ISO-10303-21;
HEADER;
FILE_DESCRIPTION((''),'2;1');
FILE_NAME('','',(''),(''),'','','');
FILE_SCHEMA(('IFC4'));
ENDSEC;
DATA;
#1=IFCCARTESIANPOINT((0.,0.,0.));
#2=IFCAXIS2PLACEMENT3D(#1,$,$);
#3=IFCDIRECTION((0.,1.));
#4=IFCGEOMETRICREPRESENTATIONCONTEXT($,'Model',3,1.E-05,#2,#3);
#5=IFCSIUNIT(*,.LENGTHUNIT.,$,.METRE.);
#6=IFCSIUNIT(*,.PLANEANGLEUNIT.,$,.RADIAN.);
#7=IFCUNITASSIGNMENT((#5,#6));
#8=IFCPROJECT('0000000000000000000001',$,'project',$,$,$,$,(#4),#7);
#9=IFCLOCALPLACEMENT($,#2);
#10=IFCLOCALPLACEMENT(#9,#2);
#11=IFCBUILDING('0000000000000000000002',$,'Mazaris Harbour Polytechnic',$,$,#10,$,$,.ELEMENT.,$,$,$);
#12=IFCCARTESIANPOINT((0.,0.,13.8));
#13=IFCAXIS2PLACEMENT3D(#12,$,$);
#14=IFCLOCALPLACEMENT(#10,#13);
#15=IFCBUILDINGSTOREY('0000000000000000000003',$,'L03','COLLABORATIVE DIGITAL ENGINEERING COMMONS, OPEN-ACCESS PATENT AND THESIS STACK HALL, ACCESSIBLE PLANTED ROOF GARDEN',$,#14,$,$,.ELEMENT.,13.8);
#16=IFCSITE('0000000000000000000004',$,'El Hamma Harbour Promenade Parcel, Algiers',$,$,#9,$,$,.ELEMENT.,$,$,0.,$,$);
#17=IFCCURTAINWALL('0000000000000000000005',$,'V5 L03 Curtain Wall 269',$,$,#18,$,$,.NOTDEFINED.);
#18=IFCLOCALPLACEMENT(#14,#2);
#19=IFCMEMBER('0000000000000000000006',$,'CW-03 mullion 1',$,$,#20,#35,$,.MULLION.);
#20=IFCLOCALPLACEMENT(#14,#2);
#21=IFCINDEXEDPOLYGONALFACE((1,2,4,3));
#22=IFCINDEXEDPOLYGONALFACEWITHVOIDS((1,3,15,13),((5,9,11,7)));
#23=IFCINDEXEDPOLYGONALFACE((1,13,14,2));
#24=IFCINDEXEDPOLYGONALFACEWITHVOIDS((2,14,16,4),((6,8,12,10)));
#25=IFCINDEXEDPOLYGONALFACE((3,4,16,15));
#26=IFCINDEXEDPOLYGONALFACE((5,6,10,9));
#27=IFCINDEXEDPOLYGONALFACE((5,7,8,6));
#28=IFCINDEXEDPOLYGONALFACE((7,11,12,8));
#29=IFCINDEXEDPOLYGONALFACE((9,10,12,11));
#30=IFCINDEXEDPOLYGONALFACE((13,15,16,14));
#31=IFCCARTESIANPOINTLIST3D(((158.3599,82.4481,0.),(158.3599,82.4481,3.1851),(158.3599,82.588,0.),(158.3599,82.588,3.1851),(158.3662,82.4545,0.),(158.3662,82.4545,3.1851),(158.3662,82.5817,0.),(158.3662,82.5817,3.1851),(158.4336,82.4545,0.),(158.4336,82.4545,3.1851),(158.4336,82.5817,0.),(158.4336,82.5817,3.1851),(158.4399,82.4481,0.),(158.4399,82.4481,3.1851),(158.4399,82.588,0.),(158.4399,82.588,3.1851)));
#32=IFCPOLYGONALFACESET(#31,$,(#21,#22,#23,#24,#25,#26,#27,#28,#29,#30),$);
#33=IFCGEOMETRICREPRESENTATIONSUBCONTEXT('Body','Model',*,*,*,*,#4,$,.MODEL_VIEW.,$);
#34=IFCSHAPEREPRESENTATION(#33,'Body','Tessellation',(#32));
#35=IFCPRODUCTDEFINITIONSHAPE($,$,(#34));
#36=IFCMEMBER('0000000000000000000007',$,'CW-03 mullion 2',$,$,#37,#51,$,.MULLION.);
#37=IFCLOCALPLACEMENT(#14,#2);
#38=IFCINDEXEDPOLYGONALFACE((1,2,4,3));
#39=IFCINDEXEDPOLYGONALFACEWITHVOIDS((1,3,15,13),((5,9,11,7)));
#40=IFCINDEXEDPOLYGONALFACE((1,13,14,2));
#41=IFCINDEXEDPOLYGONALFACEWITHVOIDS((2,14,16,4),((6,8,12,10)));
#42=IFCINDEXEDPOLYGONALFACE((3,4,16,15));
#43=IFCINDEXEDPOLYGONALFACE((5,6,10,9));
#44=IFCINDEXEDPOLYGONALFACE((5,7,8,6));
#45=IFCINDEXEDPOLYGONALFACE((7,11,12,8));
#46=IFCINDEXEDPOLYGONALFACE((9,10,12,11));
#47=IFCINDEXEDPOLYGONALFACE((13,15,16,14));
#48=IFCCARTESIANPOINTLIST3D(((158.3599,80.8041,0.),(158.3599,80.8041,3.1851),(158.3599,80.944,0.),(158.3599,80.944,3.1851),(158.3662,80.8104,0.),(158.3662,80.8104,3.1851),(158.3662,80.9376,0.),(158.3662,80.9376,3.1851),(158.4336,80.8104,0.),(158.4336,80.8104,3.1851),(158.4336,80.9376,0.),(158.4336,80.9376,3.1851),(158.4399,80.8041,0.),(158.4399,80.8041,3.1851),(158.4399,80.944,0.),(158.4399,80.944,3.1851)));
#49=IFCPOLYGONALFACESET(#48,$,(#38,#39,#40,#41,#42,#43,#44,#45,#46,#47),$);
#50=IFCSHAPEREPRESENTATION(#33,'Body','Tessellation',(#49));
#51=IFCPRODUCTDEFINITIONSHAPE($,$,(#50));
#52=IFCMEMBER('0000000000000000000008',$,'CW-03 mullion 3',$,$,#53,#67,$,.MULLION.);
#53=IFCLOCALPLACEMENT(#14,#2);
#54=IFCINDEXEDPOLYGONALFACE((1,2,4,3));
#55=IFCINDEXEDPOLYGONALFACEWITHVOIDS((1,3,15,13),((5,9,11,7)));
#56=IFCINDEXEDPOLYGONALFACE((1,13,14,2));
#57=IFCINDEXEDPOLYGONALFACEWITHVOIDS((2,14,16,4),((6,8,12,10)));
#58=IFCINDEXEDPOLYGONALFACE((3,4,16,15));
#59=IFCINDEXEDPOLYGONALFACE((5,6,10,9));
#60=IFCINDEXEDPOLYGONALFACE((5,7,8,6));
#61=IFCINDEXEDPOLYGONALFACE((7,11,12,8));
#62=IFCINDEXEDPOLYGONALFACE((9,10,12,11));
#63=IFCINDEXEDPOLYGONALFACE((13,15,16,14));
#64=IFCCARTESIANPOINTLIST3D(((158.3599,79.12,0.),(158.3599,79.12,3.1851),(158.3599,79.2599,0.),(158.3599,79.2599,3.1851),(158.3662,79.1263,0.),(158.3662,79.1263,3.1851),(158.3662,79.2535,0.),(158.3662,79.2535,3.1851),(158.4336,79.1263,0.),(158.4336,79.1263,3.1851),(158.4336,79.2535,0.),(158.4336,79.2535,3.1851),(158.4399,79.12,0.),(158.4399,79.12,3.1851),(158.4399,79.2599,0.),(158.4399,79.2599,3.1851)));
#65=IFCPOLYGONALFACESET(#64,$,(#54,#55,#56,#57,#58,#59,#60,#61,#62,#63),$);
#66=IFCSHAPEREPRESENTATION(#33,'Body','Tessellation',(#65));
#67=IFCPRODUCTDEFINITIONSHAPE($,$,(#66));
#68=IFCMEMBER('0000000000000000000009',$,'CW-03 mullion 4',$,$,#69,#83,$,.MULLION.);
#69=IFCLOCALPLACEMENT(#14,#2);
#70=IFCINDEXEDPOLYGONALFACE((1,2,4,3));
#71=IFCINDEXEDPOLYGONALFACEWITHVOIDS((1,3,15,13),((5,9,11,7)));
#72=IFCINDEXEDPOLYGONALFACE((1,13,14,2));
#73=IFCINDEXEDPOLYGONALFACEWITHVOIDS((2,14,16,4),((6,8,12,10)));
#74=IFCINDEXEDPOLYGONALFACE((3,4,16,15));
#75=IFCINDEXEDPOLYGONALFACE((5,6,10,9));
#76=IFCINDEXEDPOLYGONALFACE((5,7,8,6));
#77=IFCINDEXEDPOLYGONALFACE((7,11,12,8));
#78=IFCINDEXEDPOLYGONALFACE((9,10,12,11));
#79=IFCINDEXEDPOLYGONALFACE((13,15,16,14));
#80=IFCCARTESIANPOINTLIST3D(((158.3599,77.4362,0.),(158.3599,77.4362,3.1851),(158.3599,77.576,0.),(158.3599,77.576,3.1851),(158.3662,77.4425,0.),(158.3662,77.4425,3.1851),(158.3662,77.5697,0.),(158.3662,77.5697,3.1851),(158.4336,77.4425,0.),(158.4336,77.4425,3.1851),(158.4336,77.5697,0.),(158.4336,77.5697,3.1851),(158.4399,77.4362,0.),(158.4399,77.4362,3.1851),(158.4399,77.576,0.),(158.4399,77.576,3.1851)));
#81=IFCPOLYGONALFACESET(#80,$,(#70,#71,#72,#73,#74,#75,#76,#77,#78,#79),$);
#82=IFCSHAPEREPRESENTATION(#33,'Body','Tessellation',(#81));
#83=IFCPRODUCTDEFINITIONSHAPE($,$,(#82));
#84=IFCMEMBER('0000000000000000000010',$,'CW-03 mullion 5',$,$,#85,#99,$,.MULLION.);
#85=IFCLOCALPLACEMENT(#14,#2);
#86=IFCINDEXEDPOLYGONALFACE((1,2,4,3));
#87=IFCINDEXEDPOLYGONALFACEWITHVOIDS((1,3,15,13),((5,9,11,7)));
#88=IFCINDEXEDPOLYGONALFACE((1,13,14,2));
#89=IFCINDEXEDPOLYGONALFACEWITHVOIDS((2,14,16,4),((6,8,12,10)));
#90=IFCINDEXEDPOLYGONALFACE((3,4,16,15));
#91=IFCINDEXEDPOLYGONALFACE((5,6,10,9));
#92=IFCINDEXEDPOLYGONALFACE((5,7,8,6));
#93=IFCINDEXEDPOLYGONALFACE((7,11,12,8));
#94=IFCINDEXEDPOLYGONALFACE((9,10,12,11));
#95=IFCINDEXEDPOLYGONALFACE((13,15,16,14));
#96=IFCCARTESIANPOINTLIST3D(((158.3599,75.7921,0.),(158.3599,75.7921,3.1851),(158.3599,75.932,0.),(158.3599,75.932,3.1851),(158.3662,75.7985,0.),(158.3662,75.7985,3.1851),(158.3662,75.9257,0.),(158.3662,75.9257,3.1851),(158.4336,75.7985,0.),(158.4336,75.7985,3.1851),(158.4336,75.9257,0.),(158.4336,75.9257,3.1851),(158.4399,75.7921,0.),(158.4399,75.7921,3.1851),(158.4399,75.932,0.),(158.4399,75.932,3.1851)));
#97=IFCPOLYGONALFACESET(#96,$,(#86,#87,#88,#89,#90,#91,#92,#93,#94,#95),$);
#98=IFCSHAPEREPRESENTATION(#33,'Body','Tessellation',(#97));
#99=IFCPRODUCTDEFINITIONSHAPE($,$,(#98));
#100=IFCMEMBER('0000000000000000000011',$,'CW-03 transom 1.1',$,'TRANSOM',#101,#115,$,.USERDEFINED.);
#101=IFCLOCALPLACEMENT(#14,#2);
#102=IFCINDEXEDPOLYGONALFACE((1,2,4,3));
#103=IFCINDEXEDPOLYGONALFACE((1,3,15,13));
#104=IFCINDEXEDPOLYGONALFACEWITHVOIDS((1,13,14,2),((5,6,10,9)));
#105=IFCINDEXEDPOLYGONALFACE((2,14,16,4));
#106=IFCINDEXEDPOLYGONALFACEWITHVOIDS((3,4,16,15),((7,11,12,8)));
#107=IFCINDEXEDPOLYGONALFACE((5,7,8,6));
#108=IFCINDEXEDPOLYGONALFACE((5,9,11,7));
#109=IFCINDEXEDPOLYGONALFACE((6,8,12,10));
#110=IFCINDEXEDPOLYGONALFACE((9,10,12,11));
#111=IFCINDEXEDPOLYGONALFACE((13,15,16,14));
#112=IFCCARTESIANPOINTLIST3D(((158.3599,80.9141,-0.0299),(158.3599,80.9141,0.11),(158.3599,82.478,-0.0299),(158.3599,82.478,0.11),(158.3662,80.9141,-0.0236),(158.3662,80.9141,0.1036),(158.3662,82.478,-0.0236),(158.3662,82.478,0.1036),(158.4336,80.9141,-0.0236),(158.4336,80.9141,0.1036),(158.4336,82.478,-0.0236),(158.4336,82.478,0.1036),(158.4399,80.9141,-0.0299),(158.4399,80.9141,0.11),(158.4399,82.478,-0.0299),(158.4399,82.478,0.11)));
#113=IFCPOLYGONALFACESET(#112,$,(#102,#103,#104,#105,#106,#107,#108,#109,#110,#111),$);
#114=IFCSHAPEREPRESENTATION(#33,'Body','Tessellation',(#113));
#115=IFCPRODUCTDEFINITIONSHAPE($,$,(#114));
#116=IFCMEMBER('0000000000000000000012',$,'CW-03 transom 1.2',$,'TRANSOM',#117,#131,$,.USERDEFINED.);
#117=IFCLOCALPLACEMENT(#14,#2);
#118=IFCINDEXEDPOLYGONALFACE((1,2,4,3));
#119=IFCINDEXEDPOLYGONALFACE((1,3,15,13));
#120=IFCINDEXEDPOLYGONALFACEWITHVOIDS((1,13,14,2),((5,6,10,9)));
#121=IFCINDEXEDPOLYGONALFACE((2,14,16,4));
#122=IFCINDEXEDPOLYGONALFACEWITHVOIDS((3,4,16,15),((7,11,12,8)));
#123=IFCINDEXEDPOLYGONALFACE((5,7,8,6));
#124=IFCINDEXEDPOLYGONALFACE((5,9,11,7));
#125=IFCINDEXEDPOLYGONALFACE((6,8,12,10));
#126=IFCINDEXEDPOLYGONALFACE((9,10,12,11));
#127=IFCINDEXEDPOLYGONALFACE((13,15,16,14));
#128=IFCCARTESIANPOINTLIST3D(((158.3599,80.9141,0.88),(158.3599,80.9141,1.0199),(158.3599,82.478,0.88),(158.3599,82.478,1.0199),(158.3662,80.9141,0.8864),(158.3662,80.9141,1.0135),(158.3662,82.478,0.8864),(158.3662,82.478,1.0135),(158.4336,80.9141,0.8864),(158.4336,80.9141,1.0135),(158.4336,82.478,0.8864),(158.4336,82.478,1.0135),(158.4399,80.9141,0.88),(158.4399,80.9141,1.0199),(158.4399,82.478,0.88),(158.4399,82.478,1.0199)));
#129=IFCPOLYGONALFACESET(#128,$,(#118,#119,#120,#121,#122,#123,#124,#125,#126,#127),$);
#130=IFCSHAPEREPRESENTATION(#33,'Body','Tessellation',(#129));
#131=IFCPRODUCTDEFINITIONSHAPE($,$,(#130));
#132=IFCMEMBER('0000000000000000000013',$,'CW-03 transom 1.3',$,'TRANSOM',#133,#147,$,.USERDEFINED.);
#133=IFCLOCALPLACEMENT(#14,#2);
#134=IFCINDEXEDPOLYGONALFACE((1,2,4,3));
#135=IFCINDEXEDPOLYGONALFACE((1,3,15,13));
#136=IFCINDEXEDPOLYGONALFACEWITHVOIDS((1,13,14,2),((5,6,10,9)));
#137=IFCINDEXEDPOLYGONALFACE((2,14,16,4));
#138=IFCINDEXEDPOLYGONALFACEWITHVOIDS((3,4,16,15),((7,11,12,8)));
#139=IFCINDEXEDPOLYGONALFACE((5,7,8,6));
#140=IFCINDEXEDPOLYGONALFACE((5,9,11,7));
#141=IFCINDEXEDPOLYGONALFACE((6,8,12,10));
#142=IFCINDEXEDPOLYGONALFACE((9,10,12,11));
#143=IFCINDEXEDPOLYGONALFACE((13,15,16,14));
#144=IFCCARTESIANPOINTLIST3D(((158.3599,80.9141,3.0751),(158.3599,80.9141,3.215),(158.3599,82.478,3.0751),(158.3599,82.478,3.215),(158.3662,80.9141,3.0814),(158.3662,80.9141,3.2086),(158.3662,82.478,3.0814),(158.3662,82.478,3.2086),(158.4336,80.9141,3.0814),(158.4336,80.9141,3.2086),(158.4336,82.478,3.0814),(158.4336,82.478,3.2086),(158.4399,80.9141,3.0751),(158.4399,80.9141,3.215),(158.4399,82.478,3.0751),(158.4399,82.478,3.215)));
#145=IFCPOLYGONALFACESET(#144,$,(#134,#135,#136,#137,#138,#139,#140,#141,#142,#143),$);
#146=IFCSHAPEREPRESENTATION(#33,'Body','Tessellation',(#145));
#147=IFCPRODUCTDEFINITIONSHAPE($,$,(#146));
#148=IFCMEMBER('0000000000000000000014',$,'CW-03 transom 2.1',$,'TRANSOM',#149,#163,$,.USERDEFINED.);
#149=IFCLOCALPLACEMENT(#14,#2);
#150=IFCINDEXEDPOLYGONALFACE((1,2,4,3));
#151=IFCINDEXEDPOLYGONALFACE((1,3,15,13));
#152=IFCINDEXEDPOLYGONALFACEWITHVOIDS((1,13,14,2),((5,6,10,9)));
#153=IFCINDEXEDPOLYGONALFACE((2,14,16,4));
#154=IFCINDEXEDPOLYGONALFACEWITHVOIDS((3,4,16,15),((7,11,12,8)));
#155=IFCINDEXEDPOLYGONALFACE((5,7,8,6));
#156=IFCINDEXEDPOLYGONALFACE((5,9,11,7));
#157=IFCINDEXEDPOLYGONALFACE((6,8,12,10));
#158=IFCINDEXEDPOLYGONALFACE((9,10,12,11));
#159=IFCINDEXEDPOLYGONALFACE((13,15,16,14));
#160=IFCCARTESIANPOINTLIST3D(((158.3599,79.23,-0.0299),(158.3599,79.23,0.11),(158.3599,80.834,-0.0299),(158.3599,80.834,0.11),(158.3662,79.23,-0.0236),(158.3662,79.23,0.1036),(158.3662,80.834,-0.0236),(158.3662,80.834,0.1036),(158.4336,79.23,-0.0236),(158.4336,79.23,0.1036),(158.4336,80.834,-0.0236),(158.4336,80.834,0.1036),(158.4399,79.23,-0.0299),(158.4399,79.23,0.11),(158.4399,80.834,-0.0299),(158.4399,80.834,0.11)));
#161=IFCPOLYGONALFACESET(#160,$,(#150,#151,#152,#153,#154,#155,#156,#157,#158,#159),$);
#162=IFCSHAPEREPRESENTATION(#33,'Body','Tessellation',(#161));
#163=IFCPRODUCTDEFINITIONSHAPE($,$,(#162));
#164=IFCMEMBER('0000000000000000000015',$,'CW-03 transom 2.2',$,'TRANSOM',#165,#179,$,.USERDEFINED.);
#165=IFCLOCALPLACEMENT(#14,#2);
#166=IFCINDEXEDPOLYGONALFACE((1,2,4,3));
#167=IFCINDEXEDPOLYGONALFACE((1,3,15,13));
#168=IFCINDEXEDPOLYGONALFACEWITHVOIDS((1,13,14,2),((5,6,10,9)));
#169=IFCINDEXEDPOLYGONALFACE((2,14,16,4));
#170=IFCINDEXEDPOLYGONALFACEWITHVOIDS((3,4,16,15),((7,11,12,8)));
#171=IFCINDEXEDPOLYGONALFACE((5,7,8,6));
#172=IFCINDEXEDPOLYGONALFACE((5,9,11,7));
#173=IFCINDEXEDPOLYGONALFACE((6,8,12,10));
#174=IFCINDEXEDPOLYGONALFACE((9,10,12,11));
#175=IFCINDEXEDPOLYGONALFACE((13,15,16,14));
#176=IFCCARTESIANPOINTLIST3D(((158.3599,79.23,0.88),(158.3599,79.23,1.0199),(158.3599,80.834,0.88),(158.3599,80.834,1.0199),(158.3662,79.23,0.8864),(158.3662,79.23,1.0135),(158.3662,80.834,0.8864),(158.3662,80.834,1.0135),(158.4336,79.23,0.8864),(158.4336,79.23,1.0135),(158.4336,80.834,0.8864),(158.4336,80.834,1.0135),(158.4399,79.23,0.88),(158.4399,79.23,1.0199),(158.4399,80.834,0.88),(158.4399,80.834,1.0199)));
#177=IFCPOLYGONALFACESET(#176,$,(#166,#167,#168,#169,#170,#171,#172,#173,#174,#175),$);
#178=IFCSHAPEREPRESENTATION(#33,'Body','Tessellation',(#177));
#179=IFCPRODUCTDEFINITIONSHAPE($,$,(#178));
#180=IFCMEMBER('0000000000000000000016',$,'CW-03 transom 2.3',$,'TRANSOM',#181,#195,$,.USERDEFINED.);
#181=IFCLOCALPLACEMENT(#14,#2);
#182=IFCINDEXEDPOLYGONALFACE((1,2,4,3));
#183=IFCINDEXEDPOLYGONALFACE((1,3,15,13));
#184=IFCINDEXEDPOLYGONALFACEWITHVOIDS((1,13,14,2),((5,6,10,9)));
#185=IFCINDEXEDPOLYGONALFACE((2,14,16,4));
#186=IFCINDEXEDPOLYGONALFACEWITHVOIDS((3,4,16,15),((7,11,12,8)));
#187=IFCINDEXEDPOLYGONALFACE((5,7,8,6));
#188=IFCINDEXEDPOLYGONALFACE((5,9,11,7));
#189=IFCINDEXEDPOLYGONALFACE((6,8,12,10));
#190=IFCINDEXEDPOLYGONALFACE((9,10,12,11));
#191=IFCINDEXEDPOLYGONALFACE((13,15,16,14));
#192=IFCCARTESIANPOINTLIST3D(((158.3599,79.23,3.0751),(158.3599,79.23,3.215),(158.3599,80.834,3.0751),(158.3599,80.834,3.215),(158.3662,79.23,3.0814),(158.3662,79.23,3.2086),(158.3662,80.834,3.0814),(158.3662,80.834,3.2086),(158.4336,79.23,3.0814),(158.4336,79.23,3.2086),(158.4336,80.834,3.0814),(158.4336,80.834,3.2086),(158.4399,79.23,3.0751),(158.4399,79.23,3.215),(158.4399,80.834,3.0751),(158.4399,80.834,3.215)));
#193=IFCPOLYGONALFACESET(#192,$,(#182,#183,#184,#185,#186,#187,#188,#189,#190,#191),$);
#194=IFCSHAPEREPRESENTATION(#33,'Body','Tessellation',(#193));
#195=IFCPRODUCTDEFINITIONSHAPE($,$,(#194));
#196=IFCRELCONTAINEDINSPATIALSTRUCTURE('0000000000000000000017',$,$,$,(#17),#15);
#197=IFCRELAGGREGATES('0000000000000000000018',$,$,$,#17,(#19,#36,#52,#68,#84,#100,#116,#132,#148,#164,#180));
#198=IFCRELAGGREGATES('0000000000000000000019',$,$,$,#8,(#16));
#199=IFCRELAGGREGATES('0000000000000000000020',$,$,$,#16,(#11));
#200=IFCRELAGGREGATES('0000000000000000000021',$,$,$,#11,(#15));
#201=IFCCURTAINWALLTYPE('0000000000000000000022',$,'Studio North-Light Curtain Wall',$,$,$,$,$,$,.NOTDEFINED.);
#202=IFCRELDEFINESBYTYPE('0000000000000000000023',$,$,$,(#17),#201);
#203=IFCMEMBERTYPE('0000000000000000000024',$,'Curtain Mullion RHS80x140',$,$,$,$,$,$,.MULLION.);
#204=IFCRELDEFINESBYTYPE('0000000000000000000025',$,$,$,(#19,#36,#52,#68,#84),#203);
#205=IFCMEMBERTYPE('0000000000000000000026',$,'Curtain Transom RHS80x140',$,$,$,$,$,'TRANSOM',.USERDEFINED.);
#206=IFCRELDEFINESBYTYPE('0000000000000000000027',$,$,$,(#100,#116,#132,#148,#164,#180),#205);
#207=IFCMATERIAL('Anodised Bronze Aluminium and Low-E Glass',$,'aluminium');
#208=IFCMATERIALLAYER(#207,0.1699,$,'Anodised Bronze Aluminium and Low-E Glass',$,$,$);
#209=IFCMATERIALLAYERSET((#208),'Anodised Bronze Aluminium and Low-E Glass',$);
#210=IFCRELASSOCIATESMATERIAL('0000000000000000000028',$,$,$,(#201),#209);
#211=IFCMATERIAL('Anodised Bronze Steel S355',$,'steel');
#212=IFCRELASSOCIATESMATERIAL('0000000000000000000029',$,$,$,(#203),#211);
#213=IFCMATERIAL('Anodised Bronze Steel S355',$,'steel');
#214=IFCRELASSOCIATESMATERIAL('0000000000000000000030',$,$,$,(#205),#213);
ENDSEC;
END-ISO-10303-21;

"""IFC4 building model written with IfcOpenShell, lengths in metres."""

from ifc_helpers import new_model, si_unit, direction, frame, origin, origin_2d, place, context, subcontext, project, spatial, hollow_rectangle, extrude, material, layer, layer_set, material_profile, profile_set, type_object, element, aggregate, save


model = new_model("IFC4")

# Units and contexts
model_context = context("Model", 3, precision=1e-05, world=origin(), true_north=direction((0.0, 1.0)))
body_context = subcontext(model_context, "Body", "Model", "MODEL_VIEW")
ifc_project = project(units=[si_unit("LENGTHUNIT", "METRE"), si_unit("PLANEANGLEUNIT", "RADIAN")], contexts=[model_context])

# Site, building, storey
site_placement = place(None, origin())
site = spatial("IfcSite", under=ifc_project, at=site_placement, Name="El Hamma Harbour Promenade Parcel, Algiers", CompositionType="ELEMENT", RefElevation=0.0)
building_placement = place(site_placement, origin())
building = spatial("IfcBuilding", under=site, at=building_placement, Name="Mazaris Harbour Polytechnic", CompositionType="ELEMENT")
storey_placement = place(building_placement, frame((0.0, 0.0, 13.8)))
storey = spatial("IfcBuildingStorey", under=building, at=storey_placement, Name="L03", Description="COLLABORATIVE DIGITAL ENGINEERING COMMONS, OPEN-ACCESS PATENT AND THESIS STACK HALL, ACCESSIBLE PLANTED ROOF GARDEN", CompositionType="ELEMENT", Elevation=13.8)

# Curtain wall, members
ifc_material_1 = material(Name="Anodised Bronze Aluminium and Low-E Glass", Category="aluminium")
ifc_layer_1 = layer(ifc_material_1, 0.1699, Name="Anodised Bronze Aluminium and Low-E Glass")
ifc_layer_set_1 = layer_set([ifc_layer_1], Name="Anodised Bronze Aluminium and Low-E Glass")
curtain_wall_type = type_object("IfcCurtainWallType", Name="Studio North-Light Curtain Wall", PredefinedType="NOTDEFINED", material=ifc_layer_set_1)
curtain_wall_placement = place(storey_placement, origin())
curtain_wall = element("IfcCurtainWall", 1, at=curtain_wall_placement, inside=storey, type_object=curtain_wall_type, Name="V5 L03 Curtain Wall 269", PredefinedType="NOTDEFINED")
ifc_material_2 = material(Name="Anodised Bronze Steel S355", Category="steel")
ifc_material_profile_1 = material_profile(ifc_material_2, hollow_rectangle(XDim=0.0801, YDim=0.1399, WallThickness=0.0063, at=origin_2d()), Name="RHS 80x140x6.3")
ifc_profile_set_1 = profile_set([ifc_material_profile_1], Name="Anodised Bronze Steel S355")
member_type_1 = type_object("IfcMemberType", Name="Curtain Mullion RHS80x140", PredefinedType="MULLION", material=ifc_profile_set_1)
member_1_placement = place(storey_placement, frame((158.3999, 82.5181, 0.0), z_axis=(0.0, 0.0, 1.0), x_axis=(1.0, 0.0, 0.0)))
member_1 = element("IfcMember", 2, at=member_1_placement, type_object=member_type_1, Name="CW-03 mullion 1", PredefinedType="MULLION", context=body_context, shape_type="SweptSolid", body=[
    extrude(hollow_rectangle(XDim=0.0801, YDim=0.1399, WallThickness=0.0063, at=origin_2d()), origin(), (0.0, 0.0, 1.0), 3.1851),
])
member_2_placement = place(storey_placement, frame((158.3999, 80.874, 0.0), z_axis=(0.0, 0.0, 1.0), x_axis=(1.0, 0.0, 0.0)))
member_2 = element("IfcMember", 3, at=member_2_placement, type_object=member_type_1, Name="CW-03 mullion 2", PredefinedType="MULLION", context=body_context, shape_type="SweptSolid", body=[
    extrude(hollow_rectangle(XDim=0.0801, YDim=0.1399, WallThickness=0.0063, at=origin_2d()), origin(), (0.0, 0.0, 1.0), 3.1851),
])
member_3_placement = place(storey_placement, frame((158.3999, 79.1899, 0.0), z_axis=(0.0, 0.0, 1.0), x_axis=(1.0, 0.0, 0.0)))
member_3 = element("IfcMember", 4, at=member_3_placement, type_object=member_type_1, Name="CW-03 mullion 3", PredefinedType="MULLION", context=body_context, shape_type="SweptSolid", body=[
    extrude(hollow_rectangle(XDim=0.0801, YDim=0.1399, WallThickness=0.0063, at=origin_2d()), origin(), (0.0, 0.0, 1.0), 3.1851),
])
member_4_placement = place(storey_placement, frame((158.3999, 77.5061, 0.0), z_axis=(0.0, 0.0, 1.0), x_axis=(1.0, 0.0, 0.0)))
member_4 = element("IfcMember", 5, at=member_4_placement, type_object=member_type_1, Name="CW-03 mullion 4", PredefinedType="MULLION", context=body_context, shape_type="SweptSolid", body=[
    extrude(hollow_rectangle(XDim=0.0801, YDim=0.1399, WallThickness=0.0063, at=origin_2d()), origin(), (0.0, 0.0, 1.0), 3.1851),
])
member_5_placement = place(storey_placement, frame((158.3999, 75.8621, 0.0), z_axis=(0.0, 0.0, 1.0), x_axis=(1.0, 0.0, 0.0)))
member_5 = element("IfcMember", 6, at=member_5_placement, type_object=member_type_1, Name="CW-03 mullion 5", PredefinedType="MULLION", context=body_context, shape_type="SweptSolid", body=[
    extrude(hollow_rectangle(XDim=0.0801, YDim=0.1399, WallThickness=0.0063, at=origin_2d()), origin(), (0.0, 0.0, 1.0), 3.1851),
])
ifc_material_3 = material(Name="Anodised Bronze Steel S355", Category="steel")
ifc_material_profile_2 = material_profile(ifc_material_3, hollow_rectangle(XDim=0.0801, YDim=0.1399, WallThickness=0.0063, at=origin_2d()), Name="RHS 80x140x6.3")
ifc_profile_set_2 = profile_set([ifc_material_profile_2], Name="Anodised Bronze Steel S355")
member_type_2 = type_object("IfcMemberType", Name="Curtain Transom RHS80x140", ElementType="TRANSOM", PredefinedType="USERDEFINED", material=ifc_profile_set_2)
member_6_placement = place(storey_placement, frame((158.3999, 82.478, 0.04), z_axis=(0.0, -1.0, 0.0), x_axis=(1.0, 0.0, 0.0)))
member_6 = element("IfcMember", 7, at=member_6_placement, type_object=member_type_2, Name="CW-03 transom 1.1", ObjectType="TRANSOM", PredefinedType="USERDEFINED", context=body_context, shape_type="SweptSolid", body=[
    extrude(hollow_rectangle(XDim=0.0801, YDim=0.1399, WallThickness=0.0063, at=origin_2d()), origin(), (0.0, 0.0, 1.0), 1.564),
])
member_7_placement = place(storey_placement, frame((158.3999, 82.478, 0.95), z_axis=(0.0, -1.0, 0.0), x_axis=(1.0, 0.0, 0.0)))
member_7 = element("IfcMember", 8, at=member_7_placement, type_object=member_type_2, Name="CW-03 transom 1.2", ObjectType="TRANSOM", PredefinedType="USERDEFINED", context=body_context, shape_type="SweptSolid", body=[
    extrude(hollow_rectangle(XDim=0.0801, YDim=0.1399, WallThickness=0.0063, at=origin_2d()), origin(), (0.0, 0.0, 1.0), 1.564),
])
member_8_placement = place(storey_placement, frame((158.3999, 82.478, 3.145), z_axis=(0.0, -1.0, 0.0), x_axis=(1.0, 0.0, 0.0)))
member_8 = element("IfcMember", 9, at=member_8_placement, type_object=member_type_2, Name="CW-03 transom 1.3", ObjectType="TRANSOM", PredefinedType="USERDEFINED", context=body_context, shape_type="SweptSolid", body=[
    extrude(hollow_rectangle(XDim=0.0801, YDim=0.1399, WallThickness=0.0063, at=origin_2d()), origin(), (0.0, 0.0, 1.0), 1.564),
])
member_9_placement = place(storey_placement, frame((158.3999, 80.834, 0.04), z_axis=(0.0, -1.0, 0.0), x_axis=(1.0, 0.0, 0.0)))
member_9 = element("IfcMember", 10, at=member_9_placement, type_object=member_type_2, Name="CW-03 transom 2.1", ObjectType="TRANSOM", PredefinedType="USERDEFINED", context=body_context, shape_type="SweptSolid", body=[
    extrude(hollow_rectangle(XDim=0.0801, YDim=0.1399, WallThickness=0.0063, at=origin_2d()), origin(), (0.0, 0.0, 1.0), 1.604),
])
member_10_placement = place(storey_placement, frame((158.3999, 80.834, 0.95), z_axis=(0.0, -1.0, 0.0), x_axis=(1.0, 0.0, 0.0)))
member_10 = element("IfcMember", 11, at=member_10_placement, type_object=member_type_2, Name="CW-03 transom 2.2", ObjectType="TRANSOM", PredefinedType="USERDEFINED", context=body_context, shape_type="SweptSolid", body=[
    extrude(hollow_rectangle(XDim=0.0801, YDim=0.1399, WallThickness=0.0063, at=origin_2d()), origin(), (0.0, 0.0, 1.0), 1.604),
])
member_11_placement = place(storey_placement, frame((158.3999, 80.834, 3.145), z_axis=(0.0, -1.0, 0.0), x_axis=(1.0, 0.0, 0.0)))
member_11 = element("IfcMember", 12, at=member_11_placement, type_object=member_type_2, Name="CW-03 transom 2.3", ObjectType="TRANSOM", PredefinedType="USERDEFINED", context=body_context, shape_type="SweptSolid", body=[
    extrude(hollow_rectangle(XDim=0.0801, YDim=0.1399, WallThickness=0.0063, at=origin_2d()), origin(), (0.0, 0.0, 1.0), 1.604),
])
aggregate(curtain_wall, [member_1, member_2, member_3, member_4, member_5, member_6, member_7, member_8, member_9, member_10, member_11])

save(model, "model.ifc")
